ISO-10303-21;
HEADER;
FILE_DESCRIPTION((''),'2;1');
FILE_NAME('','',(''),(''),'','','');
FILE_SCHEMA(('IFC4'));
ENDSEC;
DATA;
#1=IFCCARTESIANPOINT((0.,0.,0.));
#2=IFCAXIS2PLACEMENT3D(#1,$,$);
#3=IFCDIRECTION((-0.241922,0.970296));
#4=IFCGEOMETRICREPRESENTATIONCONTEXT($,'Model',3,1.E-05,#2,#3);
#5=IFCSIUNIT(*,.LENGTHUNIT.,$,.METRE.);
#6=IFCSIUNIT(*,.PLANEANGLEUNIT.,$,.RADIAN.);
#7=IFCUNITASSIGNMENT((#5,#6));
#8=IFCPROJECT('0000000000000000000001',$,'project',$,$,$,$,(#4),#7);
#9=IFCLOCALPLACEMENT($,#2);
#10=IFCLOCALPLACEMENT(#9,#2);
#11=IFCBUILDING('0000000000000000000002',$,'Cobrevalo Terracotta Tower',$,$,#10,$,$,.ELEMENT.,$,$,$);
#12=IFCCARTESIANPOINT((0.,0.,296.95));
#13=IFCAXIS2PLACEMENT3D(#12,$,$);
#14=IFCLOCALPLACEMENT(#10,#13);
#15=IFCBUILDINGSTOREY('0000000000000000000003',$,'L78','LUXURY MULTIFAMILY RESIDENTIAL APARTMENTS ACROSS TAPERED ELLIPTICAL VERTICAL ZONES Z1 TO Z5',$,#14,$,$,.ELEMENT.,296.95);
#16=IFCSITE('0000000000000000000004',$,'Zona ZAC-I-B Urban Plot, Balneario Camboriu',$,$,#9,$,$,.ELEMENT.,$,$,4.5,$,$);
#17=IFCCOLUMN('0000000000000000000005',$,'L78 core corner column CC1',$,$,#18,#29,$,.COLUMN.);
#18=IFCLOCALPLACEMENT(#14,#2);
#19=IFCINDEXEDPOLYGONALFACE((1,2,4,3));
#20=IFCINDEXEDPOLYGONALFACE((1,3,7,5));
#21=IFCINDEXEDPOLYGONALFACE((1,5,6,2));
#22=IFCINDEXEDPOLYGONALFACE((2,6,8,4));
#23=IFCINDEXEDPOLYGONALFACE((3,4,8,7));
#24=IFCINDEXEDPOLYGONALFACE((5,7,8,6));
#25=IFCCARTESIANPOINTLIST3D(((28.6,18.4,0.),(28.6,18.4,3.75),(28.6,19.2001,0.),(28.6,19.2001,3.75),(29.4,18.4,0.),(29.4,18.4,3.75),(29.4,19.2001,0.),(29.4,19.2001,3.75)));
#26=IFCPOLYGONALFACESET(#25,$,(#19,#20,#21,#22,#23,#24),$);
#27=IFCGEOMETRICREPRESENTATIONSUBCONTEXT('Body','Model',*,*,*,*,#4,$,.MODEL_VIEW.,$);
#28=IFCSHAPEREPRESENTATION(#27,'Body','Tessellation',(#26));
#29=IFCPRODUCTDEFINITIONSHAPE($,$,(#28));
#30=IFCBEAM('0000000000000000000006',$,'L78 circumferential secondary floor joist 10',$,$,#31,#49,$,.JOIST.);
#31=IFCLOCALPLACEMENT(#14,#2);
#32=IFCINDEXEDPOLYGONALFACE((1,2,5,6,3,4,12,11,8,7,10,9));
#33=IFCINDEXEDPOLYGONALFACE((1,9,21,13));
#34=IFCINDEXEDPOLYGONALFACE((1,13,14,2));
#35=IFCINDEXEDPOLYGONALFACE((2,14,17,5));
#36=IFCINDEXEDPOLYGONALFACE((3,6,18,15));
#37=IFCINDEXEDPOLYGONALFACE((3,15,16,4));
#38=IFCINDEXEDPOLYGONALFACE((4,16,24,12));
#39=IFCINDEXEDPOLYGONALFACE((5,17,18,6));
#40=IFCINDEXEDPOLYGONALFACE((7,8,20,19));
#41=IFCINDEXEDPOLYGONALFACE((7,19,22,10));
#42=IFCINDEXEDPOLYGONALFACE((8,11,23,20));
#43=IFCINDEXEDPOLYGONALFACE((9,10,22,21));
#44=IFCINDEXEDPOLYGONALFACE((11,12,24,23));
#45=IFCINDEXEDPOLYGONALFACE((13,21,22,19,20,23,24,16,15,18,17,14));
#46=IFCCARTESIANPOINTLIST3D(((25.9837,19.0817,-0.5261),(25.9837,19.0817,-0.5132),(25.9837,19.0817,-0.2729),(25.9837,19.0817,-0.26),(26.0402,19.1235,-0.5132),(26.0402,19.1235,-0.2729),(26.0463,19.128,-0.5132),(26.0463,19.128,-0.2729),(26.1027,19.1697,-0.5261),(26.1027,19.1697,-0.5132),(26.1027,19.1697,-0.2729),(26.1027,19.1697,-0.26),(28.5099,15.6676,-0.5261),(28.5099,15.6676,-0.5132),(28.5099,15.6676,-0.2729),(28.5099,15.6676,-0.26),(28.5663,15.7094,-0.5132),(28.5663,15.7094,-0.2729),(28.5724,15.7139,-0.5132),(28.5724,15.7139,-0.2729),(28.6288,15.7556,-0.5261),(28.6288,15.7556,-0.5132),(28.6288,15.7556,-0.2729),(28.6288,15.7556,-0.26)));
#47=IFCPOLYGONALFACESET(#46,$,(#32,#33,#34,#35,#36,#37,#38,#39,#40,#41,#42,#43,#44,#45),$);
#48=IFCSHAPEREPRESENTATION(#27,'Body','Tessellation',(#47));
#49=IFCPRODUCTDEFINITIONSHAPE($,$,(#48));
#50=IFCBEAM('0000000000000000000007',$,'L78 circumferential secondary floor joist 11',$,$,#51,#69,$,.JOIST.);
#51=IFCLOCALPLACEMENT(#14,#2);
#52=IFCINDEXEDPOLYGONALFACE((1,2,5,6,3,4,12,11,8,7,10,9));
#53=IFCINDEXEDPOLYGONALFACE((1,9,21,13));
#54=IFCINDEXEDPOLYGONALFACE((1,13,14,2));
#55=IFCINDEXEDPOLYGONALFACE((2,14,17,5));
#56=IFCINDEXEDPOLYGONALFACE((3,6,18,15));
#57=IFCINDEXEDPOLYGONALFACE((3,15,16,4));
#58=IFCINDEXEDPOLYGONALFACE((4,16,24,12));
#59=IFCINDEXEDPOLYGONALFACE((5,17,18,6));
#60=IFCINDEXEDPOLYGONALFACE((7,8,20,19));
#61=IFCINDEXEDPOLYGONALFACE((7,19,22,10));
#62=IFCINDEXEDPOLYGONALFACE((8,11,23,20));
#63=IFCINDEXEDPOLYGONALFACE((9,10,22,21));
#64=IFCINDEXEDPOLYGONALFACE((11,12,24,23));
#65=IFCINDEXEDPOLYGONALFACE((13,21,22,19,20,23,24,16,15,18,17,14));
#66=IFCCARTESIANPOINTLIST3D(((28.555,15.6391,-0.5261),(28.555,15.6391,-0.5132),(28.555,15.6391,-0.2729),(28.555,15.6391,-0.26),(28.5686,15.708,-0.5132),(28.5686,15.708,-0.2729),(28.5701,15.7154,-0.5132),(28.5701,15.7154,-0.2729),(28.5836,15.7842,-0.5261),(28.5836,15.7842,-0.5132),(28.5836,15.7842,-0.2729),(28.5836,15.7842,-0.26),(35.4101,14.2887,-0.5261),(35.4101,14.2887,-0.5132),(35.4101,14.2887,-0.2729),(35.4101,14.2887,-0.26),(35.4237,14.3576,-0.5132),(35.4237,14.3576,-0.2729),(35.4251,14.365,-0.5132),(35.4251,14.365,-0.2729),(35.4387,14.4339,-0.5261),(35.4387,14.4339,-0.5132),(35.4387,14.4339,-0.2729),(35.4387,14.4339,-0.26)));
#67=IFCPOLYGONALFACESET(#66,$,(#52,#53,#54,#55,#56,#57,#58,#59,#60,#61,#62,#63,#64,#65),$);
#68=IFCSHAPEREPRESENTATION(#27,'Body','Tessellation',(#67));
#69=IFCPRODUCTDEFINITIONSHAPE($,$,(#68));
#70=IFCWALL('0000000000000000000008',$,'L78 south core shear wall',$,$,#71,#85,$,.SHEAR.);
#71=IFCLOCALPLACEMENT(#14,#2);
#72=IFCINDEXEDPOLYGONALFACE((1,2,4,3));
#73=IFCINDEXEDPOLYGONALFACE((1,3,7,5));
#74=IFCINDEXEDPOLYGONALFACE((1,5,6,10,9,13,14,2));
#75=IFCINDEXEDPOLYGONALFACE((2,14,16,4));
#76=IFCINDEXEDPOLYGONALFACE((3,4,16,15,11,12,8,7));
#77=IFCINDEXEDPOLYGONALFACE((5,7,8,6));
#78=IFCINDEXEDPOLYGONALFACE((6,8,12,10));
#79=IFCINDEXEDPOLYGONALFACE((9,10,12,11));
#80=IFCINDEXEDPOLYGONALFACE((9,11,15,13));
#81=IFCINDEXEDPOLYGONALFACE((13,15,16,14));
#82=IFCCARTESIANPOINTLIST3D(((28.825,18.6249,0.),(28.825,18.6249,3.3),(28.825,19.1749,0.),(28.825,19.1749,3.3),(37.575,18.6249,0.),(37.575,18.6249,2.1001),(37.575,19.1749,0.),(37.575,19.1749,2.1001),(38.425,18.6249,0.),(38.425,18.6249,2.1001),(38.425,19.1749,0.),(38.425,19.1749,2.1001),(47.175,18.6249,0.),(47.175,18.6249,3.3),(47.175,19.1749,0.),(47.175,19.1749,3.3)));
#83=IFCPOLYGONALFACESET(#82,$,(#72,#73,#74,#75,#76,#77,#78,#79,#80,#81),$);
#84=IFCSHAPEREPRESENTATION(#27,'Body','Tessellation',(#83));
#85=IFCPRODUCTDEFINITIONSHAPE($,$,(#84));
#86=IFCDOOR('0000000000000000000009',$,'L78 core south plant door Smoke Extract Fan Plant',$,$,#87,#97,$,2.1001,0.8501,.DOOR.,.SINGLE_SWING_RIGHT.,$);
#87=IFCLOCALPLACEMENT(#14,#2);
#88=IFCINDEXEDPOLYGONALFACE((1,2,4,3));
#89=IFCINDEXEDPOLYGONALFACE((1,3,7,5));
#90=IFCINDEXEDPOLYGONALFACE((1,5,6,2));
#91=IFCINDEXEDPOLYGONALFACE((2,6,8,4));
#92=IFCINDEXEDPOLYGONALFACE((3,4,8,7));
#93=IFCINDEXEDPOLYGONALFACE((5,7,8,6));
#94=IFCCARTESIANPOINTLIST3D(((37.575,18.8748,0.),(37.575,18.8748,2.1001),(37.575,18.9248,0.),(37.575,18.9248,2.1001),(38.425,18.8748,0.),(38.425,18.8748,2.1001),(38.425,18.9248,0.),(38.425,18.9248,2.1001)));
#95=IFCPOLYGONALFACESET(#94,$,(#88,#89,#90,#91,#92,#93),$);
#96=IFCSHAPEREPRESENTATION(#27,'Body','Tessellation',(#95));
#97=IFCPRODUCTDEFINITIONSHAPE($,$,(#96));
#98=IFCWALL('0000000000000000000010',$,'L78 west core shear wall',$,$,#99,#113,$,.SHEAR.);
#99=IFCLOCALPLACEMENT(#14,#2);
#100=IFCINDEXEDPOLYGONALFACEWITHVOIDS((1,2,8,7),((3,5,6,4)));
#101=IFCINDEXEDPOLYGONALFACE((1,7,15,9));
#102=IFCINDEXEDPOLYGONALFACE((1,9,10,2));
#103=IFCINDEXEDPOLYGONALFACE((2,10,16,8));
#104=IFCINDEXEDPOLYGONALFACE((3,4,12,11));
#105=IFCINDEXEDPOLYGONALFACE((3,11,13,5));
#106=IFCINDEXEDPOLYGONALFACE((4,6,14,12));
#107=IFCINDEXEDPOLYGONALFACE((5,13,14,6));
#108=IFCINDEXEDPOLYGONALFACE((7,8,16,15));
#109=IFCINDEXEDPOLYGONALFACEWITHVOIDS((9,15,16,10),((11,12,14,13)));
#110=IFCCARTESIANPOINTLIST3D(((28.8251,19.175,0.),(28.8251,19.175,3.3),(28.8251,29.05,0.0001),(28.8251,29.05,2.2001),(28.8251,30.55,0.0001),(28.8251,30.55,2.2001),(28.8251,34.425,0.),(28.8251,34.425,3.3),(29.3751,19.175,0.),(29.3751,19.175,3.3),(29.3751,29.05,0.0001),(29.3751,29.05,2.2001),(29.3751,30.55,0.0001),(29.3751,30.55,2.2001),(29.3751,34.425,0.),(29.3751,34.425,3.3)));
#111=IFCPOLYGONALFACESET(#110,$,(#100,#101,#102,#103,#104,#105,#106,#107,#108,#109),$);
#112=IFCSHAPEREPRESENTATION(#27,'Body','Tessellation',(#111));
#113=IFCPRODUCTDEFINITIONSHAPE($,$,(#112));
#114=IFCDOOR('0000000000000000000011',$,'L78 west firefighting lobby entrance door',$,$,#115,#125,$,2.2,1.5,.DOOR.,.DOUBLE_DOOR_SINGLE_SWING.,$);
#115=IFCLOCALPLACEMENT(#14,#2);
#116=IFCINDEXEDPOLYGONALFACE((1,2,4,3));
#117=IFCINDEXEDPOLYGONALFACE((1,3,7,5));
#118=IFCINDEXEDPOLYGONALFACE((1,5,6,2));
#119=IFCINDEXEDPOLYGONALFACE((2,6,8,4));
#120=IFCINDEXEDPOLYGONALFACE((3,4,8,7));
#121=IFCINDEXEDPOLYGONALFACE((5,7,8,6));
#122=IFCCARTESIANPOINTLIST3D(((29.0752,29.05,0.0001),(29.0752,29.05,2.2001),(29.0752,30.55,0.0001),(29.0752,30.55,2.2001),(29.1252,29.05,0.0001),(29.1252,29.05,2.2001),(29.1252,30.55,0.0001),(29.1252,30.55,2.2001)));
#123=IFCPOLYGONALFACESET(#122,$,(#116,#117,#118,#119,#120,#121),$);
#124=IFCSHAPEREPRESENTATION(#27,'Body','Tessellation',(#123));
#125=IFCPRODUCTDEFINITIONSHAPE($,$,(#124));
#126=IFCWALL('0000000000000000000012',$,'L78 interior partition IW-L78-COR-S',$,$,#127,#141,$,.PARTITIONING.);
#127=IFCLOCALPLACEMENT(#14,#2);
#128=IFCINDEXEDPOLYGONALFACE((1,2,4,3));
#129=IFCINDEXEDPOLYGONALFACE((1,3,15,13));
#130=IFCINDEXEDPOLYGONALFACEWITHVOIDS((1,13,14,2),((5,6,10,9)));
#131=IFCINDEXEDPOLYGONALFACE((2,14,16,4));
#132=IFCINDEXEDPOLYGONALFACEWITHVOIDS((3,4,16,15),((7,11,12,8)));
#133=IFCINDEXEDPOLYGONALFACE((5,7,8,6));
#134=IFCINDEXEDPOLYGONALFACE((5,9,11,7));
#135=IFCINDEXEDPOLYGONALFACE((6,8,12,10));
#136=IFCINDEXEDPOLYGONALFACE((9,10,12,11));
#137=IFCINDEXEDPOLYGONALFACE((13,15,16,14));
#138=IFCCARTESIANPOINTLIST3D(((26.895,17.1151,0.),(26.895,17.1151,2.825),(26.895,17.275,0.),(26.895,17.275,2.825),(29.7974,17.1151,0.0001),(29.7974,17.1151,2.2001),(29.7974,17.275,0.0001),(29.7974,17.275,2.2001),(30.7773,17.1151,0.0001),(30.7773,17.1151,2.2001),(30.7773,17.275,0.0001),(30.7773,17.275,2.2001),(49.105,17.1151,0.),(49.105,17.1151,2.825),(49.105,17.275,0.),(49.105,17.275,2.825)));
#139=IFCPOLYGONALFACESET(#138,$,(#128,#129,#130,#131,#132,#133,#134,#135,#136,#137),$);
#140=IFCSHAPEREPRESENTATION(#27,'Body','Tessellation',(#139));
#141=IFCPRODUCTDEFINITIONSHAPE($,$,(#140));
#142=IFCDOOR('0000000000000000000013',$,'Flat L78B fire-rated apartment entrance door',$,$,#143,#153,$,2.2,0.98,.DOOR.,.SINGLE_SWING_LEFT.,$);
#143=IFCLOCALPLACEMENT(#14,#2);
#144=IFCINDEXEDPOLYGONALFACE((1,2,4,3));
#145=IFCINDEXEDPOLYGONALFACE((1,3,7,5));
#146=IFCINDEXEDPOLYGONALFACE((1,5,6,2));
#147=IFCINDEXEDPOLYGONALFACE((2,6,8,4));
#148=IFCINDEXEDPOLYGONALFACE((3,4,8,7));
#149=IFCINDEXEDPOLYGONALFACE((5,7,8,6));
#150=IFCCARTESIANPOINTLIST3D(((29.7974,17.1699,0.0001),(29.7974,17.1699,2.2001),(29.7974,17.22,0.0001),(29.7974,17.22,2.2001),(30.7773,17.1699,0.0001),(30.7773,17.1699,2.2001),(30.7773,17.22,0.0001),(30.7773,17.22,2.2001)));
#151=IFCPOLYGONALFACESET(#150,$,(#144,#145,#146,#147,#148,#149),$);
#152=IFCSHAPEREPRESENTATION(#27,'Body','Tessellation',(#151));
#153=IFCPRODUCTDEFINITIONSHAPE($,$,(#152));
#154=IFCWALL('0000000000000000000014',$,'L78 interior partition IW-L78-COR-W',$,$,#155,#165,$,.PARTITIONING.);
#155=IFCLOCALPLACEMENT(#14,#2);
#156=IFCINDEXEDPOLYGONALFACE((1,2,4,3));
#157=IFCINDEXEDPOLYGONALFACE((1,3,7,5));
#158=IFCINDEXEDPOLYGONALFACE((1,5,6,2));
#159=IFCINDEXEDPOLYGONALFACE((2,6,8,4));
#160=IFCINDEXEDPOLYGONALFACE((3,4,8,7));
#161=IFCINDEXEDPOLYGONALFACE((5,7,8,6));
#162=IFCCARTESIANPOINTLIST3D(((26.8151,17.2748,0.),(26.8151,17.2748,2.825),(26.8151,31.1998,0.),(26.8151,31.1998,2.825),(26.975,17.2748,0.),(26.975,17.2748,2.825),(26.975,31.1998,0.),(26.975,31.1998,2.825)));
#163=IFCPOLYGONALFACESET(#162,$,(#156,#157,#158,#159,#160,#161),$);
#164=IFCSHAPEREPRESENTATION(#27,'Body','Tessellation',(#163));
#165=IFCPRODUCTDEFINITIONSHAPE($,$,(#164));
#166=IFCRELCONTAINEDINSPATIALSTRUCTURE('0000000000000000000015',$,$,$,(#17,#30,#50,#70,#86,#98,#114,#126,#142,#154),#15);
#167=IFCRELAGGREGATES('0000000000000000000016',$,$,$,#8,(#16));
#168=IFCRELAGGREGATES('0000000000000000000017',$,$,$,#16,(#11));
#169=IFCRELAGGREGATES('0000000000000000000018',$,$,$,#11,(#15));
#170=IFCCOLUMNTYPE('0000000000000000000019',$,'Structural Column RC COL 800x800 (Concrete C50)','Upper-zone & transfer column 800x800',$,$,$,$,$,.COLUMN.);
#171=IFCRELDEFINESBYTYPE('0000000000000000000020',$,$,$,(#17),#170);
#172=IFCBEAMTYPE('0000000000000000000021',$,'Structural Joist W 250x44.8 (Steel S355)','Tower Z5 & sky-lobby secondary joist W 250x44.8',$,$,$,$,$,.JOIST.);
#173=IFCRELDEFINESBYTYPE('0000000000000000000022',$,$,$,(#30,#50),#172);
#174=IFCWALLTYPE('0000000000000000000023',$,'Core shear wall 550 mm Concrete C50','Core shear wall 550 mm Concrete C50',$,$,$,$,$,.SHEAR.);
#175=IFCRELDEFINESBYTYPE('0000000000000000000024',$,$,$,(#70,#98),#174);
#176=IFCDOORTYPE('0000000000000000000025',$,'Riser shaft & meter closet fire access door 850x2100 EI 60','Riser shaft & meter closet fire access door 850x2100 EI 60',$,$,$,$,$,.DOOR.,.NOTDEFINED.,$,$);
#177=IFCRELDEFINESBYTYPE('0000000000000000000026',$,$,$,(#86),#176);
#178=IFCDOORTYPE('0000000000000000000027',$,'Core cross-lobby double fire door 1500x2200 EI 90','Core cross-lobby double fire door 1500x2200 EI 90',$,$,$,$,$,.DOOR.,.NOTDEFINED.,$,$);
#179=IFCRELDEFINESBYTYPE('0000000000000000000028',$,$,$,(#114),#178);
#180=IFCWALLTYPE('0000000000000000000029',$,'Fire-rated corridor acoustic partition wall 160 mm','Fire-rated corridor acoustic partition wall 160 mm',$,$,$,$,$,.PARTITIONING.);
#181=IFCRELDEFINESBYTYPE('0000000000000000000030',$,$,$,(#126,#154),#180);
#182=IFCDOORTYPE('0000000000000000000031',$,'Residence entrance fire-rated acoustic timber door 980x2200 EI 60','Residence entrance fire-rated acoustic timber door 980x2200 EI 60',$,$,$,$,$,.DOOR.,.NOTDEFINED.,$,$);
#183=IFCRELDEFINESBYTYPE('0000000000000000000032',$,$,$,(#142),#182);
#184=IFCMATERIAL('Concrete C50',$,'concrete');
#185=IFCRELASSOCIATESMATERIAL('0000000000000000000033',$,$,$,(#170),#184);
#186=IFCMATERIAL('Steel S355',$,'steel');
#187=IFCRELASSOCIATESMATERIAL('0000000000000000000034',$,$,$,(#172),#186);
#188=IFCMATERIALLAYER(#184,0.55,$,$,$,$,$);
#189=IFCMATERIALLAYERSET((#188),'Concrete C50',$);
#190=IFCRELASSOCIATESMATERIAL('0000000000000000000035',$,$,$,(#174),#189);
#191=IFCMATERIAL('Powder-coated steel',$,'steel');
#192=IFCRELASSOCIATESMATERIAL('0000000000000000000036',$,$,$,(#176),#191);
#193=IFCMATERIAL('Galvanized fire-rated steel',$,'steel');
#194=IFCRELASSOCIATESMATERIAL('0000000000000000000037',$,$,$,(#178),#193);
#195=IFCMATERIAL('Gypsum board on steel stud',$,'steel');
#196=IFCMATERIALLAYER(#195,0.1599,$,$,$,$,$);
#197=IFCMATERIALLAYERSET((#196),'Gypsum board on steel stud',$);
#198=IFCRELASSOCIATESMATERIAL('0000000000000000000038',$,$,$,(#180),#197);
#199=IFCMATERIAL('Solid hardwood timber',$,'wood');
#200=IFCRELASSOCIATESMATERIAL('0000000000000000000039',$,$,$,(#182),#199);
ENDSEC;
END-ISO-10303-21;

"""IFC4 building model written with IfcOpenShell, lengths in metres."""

from ifc_helpers import new_model, si_unit, direction, frame, frame_2d, origin, origin_2d, place, context, subcontext, project, spatial, rectangle, i_section, extrude, source, transform, mapped, material, layer, layer_set, material_profile, profile_set, type_object, element, fill, save


model = new_model("IFC4")

# Units and contexts
model_context = context("Model", 3, precision=1e-05, world=origin(), true_north=direction((-0.241922, 0.970296)))
body_context = subcontext(model_context, "Body", "Model", "MODEL_VIEW")
ifc_project = project(units=[si_unit("LENGTHUNIT", "METRE"), si_unit("PLANEANGLEUNIT", "RADIAN")], contexts=[model_context])

# Site, building, storey
site_placement = place(None, origin())
site = spatial("IfcSite", under=ifc_project, at=site_placement, Name="Zona ZAC-I-B Urban Plot, Balneario Camboriu", CompositionType="ELEMENT", RefElevation=4.5)
building_placement = place(site_placement, origin())
building = spatial("IfcBuilding", under=site, at=building_placement, Name="Cobrevalo Terracotta Tower", CompositionType="ELEMENT")
storey_placement = place(building_placement, frame((0.0, 0.0, 296.95)))
storey = spatial("IfcBuildingStorey", under=building, at=storey_placement, Name="L78", Description="LUXURY MULTIFAMILY RESIDENTIAL APARTMENTS ACROSS TAPERED ELLIPTICAL VERTICAL ZONES Z1 TO Z5", CompositionType="ELEMENT", Elevation=296.95)

# Column
ifc_material_1 = material(Name="Concrete C50", Category="concrete")
ifc_material_profile_1 = material_profile(ifc_material_1, rectangle(XDim=0.8, YDim=0.8, at=origin_2d()), Name="RC COL 800x800")
ifc_profile_set_1 = profile_set([ifc_material_profile_1], Name="Concrete C50")
column_type = type_object("IfcColumnType", Name="Structural Column RC COL 800x800 (Concrete C50)", Description="Upper-zone & transfer column 800x800", PredefinedType="COLUMN", material=ifc_profile_set_1)
column_placement = place(storey_placement, frame((29.0, 18.8, 0.0), z_axis=(0.0, 0.0, 1.0), x_axis=(1.0, 0.0, 0.0)))
element("IfcColumn", 1, at=column_placement, inside=storey, type_object=column_type, Name="L78 core corner column CC1", PredefinedType="COLUMN", context=body_context, shape_type="SweptSolid", body=[
    extrude(rectangle(XDim=0.8, YDim=0.8, at=origin_2d()), origin(), (0.0, 0.0, 1.0), 3.75),
])

# Beams
ifc_material_2 = material(Name="Steel S355", Category="steel")
ifc_material_profile_2 = material_profile(ifc_material_2, i_section(OverallWidth=0.1479, OverallDepth=0.2661, WebThickness=0.0076, FlangeThickness=0.0129, at=origin_2d()), Name="W 250x44.8")
ifc_profile_set_2 = profile_set([ifc_material_profile_2], Name="Steel S355")
beam_type = type_object("IfcBeamType", Name="Structural Joist W 250x44.8 (Steel S355)", Description="Tower Z5 & sky-lobby secondary joist W 250x44.8", PredefinedType="JOIST", material=ifc_profile_set_2)
beam_1_placement = place(storey_placement, frame((26.0432, 19.1257, -0.3931), z_axis=(0.5948, -0.803874, 0.0), x_axis=(0.803874, 0.5948, 0.0)))
element("IfcBeam", 2, at=beam_1_placement, inside=storey, type_object=beam_type, Name="L78 circumferential secondary floor joist 10", PredefinedType="JOIST", context=body_context, shape_type="SweptSolid", body=[
    extrude(i_section(OverallWidth=0.1479, OverallDepth=0.2661, WebThickness=0.0076, FlangeThickness=0.0129, at=origin_2d()), origin(), (0.0, 0.0, 1.0), 4.2471),
])
beam_2_placement = place(storey_placement, frame((28.5693, 15.7117, -0.3931), z_axis=(0.981145, -0.193273, 0.0), x_axis=(0.193273, 0.981145, 0.0)))
element("IfcBeam", 3, at=beam_2_placement, inside=storey, type_object=beam_type, Name="L78 circumferential secondary floor joist 11", PredefinedType="JOIST", context=body_context, shape_type="SweptSolid", body=[
    extrude(i_section(OverallWidth=0.1479, OverallDepth=0.2661, WebThickness=0.0076, FlangeThickness=0.0129, at=origin_2d()), origin(), (0.0, 0.0, 1.0), 6.9868),
])

# Walls, openings, doors
ifc_layer_1 = layer(ifc_material_1, 0.55)
ifc_layer_set_1 = layer_set([ifc_layer_1], Name="Concrete C50")
wall_type_1 = type_object("IfcWallType", Name="Core shear wall 550 mm Concrete C50", Description="Core shear wall 550 mm Concrete C50", PredefinedType="SHEAR", material=ifc_layer_set_1)
wall_1_placement = place(storey_placement, frame((28.825, 18.8999, 0.0), z_axis=(0.0, 0.0, 1.0), x_axis=(1.0, 0.0, 0.0)))
wall_1 = element("IfcWall", 4, at=wall_1_placement, inside=storey, type_object=wall_type_1, Name="L78 south core shear wall", PredefinedType="SHEAR", context=body_context, shape_type="SweptSolid", body=[
    extrude(rectangle(XDim=18.3501, YDim=0.55, at=frame_2d((9.175, 0.0))), origin(), (0.0, 0.0, 1.0), 3.3),
])
opening_1_placement = place(wall_1_placement, frame((8.75, 0.0, 0.0)))
opening_1 = element("IfcOpeningElement", 5, at=opening_1_placement, cuts=wall_1, PredefinedType="OPENING", context=body_context, shape_type="SweptSolid", body=[
    extrude(rectangle(XDim=0.8501, YDim=2.1001, at=frame_2d((0.425, 1.05))), frame((0.0, 0.2852, 0.0), z_axis=(0.0, -1.0, 0.0), x_axis=(1.0, 0.0, 0.0)), (0.0, 0.0, 1.0), 0.5701),
])
ifc_material_3 = material(Name="Powder-coated steel", Category="steel")
door_type_1 = type_object("IfcDoorType", Name="Riser shaft & meter closet fire access door 850x2100 EI 60", Description="Riser shaft & meter closet fire access door 850x2100 EI 60", OperationType="NOTDEFINED", PredefinedType="DOOR", material=ifc_material_3)
shared_shape_1 = source(origin(), body_context, "Body", "SweptSolid", [
    extrude(rectangle(XDim=0.8501, YDim=2.1001, at=frame_2d((0.425, 1.05))), frame((0.0, 0.0249, 0.0), z_axis=(0.0, -1.0, 0.0), x_axis=(1.0, 0.0, 0.0)), (0.0, 0.0, 1.0), 0.05),
])
door_1_placement = place(opening_1_placement, origin())
door_1 = element("IfcDoor", 6, at=door_1_placement, inside=storey, type_object=door_type_1, Name="L78 core south plant door Smoke Extract Fan Plant", OperationType="SINGLE_SWING_RIGHT", OverallHeight=2.1001, OverallWidth=0.8501, PredefinedType="DOOR", context=body_context, shape_type="MappedRepresentation", body=[
    mapped(shared_shape_1, transform((0.0, 0.0, 0.0), scale=1.0)),
])
fill(opening_1, door_1)
wall_2_placement = place(storey_placement, frame((29.1001, 19.175, 0.0), z_axis=(0.0, 0.0, 1.0), x_axis=(0.0, 1.0, 0.0)))
wall_2 = element("IfcWall", 7, at=wall_2_placement, inside=storey, type_object=wall_type_1, Name="L78 west core shear wall", PredefinedType="SHEAR", context=body_context, shape_type="SweptSolid", body=[
    extrude(rectangle(XDim=15.25, YDim=0.55, at=frame_2d((7.625, 0.0))), origin(), (0.0, 0.0, 1.0), 3.3),
])
opening_2_placement = place(wall_2_placement, frame((9.875, 0.0, 0.0)))
opening_2 = element("IfcOpeningElement", 8, at=opening_2_placement, cuts=wall_2, PredefinedType="OPENING", context=body_context, shape_type="SweptSolid", body=[
    extrude(rectangle(XDim=1.5, YDim=2.2, at=frame_2d((0.75, 1.1001))), frame((0.0, 0.2852, 0.0), z_axis=(0.0, -1.0, 0.0), x_axis=(1.0, 0.0, 0.0)), (0.0, 0.0, 1.0), 0.5701),
])
ifc_material_4 = material(Name="Galvanized fire-rated steel", Category="steel")
door_type_2 = type_object("IfcDoorType", Name="Core cross-lobby double fire door 1500x2200 EI 90", Description="Core cross-lobby double fire door 1500x2200 EI 90", OperationType="NOTDEFINED", PredefinedType="DOOR", material=ifc_material_4)
shared_shape_2 = source(origin(), body_context, "Body", "SweptSolid", [
    extrude(rectangle(XDim=1.5, YDim=2.2, at=frame_2d((0.75, 1.1001))), frame((0.0, 0.0249, 0.0), z_axis=(0.0, -1.0, 0.0), x_axis=(1.0, 0.0, 0.0)), (0.0, 0.0, 1.0), 0.05),
])
door_2_placement = place(opening_2_placement, origin())
door_2 = element("IfcDoor", 9, at=door_2_placement, inside=storey, type_object=door_type_2, Name="L78 west firefighting lobby entrance door", OperationType="DOUBLE_DOOR_SINGLE_SWING", OverallHeight=2.2, OverallWidth=1.5, PredefinedType="DOOR", context=body_context, shape_type="MappedRepresentation", body=[
    mapped(shared_shape_2, transform((0.0, 0.0, 0.0), scale=1.0)),
])
fill(opening_2, door_2)
ifc_material_5 = material(Name="Gypsum board on steel stud", Category="steel")
ifc_layer_2 = layer(ifc_material_5, 0.1599)
ifc_layer_set_2 = layer_set([ifc_layer_2], Name="Gypsum board on steel stud")
wall_type_2 = type_object("IfcWallType", Name="Fire-rated corridor acoustic partition wall 160 mm", Description="Fire-rated corridor acoustic partition wall 160 mm", PredefinedType="PARTITIONING", material=ifc_layer_set_2)
wall_3_placement = place(storey_placement, frame((26.895, 17.1951, 0.0), z_axis=(0.0, 0.0, 1.0), x_axis=(1.0, 0.0, 0.0)))
wall_3 = element("IfcWall", 10, at=wall_3_placement, inside=storey, type_object=wall_type_2, Name="L78 interior partition IW-L78-COR-S", PredefinedType="PARTITIONING", context=body_context, shape_type="SweptSolid", body=[
    extrude(rectangle(XDim=22.21, YDim=0.1599, at=frame_2d((11.105, 0.0))), origin(), (0.0, 0.0, 1.0), 2.825),
])
opening_3_placement = place(wall_3_placement, frame((2.9023, 0.0, 0.0)))
opening_3 = element("IfcOpeningElement", 11, at=opening_3_placement, cuts=wall_3, PredefinedType="OPENING", context=body_context, shape_type="SweptSolid", body=[
    extrude(rectangle(XDim=0.98, YDim=2.2, at=frame_2d((0.49, 1.1001))), frame((0.0, 0.0898, 0.0), z_axis=(0.0, -1.0, 0.0), x_axis=(1.0, 0.0, 0.0)), (0.0, 0.0, 1.0), 0.1799),
])
ifc_material_6 = material(Name="Solid hardwood timber", Category="wood")
door_type_3 = type_object("IfcDoorType", Name="Residence entrance fire-rated acoustic timber door 980x2200 EI 60", Description="Residence entrance fire-rated acoustic timber door 980x2200 EI 60", OperationType="NOTDEFINED", PredefinedType="DOOR", material=ifc_material_6)
shared_shape_3 = source(origin(), body_context, "Body", "SweptSolid", [
    extrude(rectangle(XDim=0.98, YDim=2.2, at=frame_2d((0.49, 1.1001))), frame((0.0, 0.0249, 0.0), z_axis=(0.0, -1.0, 0.0), x_axis=(1.0, 0.0, 0.0)), (0.0, 0.0, 1.0), 0.05),
])
door_3_placement = place(opening_3_placement, origin())
door_3 = element("IfcDoor", 12, at=door_3_placement, inside=storey, type_object=door_type_3, Name="Flat L78B fire-rated apartment entrance door", OperationType="SINGLE_SWING_LEFT", OverallHeight=2.2, OverallWidth=0.98, PredefinedType="DOOR", context=body_context, shape_type="MappedRepresentation", body=[
    mapped(shared_shape_3, transform((0.0, 0.0, 0.0), scale=1.0)),
])
fill(opening_3, door_3)

# Wall
wall_4_placement = place(storey_placement, frame((26.895, 17.2749, 0.0), z_axis=(0.0, 0.0, 1.0), x_axis=(0.0, 1.0, 0.0)))
element("IfcWall", 13, at=wall_4_placement, inside=storey, type_object=wall_type_2, Name="L78 interior partition IW-L78-COR-W", PredefinedType="PARTITIONING", context=body_context, shape_type="SweptSolid", body=[
    extrude(rectangle(XDim=13.925, YDim=0.1599, at=frame_2d((6.9624, 0.0))), origin(), (0.0, 0.0, 1.0), 2.825),
])

save(model, "model.ifc")
